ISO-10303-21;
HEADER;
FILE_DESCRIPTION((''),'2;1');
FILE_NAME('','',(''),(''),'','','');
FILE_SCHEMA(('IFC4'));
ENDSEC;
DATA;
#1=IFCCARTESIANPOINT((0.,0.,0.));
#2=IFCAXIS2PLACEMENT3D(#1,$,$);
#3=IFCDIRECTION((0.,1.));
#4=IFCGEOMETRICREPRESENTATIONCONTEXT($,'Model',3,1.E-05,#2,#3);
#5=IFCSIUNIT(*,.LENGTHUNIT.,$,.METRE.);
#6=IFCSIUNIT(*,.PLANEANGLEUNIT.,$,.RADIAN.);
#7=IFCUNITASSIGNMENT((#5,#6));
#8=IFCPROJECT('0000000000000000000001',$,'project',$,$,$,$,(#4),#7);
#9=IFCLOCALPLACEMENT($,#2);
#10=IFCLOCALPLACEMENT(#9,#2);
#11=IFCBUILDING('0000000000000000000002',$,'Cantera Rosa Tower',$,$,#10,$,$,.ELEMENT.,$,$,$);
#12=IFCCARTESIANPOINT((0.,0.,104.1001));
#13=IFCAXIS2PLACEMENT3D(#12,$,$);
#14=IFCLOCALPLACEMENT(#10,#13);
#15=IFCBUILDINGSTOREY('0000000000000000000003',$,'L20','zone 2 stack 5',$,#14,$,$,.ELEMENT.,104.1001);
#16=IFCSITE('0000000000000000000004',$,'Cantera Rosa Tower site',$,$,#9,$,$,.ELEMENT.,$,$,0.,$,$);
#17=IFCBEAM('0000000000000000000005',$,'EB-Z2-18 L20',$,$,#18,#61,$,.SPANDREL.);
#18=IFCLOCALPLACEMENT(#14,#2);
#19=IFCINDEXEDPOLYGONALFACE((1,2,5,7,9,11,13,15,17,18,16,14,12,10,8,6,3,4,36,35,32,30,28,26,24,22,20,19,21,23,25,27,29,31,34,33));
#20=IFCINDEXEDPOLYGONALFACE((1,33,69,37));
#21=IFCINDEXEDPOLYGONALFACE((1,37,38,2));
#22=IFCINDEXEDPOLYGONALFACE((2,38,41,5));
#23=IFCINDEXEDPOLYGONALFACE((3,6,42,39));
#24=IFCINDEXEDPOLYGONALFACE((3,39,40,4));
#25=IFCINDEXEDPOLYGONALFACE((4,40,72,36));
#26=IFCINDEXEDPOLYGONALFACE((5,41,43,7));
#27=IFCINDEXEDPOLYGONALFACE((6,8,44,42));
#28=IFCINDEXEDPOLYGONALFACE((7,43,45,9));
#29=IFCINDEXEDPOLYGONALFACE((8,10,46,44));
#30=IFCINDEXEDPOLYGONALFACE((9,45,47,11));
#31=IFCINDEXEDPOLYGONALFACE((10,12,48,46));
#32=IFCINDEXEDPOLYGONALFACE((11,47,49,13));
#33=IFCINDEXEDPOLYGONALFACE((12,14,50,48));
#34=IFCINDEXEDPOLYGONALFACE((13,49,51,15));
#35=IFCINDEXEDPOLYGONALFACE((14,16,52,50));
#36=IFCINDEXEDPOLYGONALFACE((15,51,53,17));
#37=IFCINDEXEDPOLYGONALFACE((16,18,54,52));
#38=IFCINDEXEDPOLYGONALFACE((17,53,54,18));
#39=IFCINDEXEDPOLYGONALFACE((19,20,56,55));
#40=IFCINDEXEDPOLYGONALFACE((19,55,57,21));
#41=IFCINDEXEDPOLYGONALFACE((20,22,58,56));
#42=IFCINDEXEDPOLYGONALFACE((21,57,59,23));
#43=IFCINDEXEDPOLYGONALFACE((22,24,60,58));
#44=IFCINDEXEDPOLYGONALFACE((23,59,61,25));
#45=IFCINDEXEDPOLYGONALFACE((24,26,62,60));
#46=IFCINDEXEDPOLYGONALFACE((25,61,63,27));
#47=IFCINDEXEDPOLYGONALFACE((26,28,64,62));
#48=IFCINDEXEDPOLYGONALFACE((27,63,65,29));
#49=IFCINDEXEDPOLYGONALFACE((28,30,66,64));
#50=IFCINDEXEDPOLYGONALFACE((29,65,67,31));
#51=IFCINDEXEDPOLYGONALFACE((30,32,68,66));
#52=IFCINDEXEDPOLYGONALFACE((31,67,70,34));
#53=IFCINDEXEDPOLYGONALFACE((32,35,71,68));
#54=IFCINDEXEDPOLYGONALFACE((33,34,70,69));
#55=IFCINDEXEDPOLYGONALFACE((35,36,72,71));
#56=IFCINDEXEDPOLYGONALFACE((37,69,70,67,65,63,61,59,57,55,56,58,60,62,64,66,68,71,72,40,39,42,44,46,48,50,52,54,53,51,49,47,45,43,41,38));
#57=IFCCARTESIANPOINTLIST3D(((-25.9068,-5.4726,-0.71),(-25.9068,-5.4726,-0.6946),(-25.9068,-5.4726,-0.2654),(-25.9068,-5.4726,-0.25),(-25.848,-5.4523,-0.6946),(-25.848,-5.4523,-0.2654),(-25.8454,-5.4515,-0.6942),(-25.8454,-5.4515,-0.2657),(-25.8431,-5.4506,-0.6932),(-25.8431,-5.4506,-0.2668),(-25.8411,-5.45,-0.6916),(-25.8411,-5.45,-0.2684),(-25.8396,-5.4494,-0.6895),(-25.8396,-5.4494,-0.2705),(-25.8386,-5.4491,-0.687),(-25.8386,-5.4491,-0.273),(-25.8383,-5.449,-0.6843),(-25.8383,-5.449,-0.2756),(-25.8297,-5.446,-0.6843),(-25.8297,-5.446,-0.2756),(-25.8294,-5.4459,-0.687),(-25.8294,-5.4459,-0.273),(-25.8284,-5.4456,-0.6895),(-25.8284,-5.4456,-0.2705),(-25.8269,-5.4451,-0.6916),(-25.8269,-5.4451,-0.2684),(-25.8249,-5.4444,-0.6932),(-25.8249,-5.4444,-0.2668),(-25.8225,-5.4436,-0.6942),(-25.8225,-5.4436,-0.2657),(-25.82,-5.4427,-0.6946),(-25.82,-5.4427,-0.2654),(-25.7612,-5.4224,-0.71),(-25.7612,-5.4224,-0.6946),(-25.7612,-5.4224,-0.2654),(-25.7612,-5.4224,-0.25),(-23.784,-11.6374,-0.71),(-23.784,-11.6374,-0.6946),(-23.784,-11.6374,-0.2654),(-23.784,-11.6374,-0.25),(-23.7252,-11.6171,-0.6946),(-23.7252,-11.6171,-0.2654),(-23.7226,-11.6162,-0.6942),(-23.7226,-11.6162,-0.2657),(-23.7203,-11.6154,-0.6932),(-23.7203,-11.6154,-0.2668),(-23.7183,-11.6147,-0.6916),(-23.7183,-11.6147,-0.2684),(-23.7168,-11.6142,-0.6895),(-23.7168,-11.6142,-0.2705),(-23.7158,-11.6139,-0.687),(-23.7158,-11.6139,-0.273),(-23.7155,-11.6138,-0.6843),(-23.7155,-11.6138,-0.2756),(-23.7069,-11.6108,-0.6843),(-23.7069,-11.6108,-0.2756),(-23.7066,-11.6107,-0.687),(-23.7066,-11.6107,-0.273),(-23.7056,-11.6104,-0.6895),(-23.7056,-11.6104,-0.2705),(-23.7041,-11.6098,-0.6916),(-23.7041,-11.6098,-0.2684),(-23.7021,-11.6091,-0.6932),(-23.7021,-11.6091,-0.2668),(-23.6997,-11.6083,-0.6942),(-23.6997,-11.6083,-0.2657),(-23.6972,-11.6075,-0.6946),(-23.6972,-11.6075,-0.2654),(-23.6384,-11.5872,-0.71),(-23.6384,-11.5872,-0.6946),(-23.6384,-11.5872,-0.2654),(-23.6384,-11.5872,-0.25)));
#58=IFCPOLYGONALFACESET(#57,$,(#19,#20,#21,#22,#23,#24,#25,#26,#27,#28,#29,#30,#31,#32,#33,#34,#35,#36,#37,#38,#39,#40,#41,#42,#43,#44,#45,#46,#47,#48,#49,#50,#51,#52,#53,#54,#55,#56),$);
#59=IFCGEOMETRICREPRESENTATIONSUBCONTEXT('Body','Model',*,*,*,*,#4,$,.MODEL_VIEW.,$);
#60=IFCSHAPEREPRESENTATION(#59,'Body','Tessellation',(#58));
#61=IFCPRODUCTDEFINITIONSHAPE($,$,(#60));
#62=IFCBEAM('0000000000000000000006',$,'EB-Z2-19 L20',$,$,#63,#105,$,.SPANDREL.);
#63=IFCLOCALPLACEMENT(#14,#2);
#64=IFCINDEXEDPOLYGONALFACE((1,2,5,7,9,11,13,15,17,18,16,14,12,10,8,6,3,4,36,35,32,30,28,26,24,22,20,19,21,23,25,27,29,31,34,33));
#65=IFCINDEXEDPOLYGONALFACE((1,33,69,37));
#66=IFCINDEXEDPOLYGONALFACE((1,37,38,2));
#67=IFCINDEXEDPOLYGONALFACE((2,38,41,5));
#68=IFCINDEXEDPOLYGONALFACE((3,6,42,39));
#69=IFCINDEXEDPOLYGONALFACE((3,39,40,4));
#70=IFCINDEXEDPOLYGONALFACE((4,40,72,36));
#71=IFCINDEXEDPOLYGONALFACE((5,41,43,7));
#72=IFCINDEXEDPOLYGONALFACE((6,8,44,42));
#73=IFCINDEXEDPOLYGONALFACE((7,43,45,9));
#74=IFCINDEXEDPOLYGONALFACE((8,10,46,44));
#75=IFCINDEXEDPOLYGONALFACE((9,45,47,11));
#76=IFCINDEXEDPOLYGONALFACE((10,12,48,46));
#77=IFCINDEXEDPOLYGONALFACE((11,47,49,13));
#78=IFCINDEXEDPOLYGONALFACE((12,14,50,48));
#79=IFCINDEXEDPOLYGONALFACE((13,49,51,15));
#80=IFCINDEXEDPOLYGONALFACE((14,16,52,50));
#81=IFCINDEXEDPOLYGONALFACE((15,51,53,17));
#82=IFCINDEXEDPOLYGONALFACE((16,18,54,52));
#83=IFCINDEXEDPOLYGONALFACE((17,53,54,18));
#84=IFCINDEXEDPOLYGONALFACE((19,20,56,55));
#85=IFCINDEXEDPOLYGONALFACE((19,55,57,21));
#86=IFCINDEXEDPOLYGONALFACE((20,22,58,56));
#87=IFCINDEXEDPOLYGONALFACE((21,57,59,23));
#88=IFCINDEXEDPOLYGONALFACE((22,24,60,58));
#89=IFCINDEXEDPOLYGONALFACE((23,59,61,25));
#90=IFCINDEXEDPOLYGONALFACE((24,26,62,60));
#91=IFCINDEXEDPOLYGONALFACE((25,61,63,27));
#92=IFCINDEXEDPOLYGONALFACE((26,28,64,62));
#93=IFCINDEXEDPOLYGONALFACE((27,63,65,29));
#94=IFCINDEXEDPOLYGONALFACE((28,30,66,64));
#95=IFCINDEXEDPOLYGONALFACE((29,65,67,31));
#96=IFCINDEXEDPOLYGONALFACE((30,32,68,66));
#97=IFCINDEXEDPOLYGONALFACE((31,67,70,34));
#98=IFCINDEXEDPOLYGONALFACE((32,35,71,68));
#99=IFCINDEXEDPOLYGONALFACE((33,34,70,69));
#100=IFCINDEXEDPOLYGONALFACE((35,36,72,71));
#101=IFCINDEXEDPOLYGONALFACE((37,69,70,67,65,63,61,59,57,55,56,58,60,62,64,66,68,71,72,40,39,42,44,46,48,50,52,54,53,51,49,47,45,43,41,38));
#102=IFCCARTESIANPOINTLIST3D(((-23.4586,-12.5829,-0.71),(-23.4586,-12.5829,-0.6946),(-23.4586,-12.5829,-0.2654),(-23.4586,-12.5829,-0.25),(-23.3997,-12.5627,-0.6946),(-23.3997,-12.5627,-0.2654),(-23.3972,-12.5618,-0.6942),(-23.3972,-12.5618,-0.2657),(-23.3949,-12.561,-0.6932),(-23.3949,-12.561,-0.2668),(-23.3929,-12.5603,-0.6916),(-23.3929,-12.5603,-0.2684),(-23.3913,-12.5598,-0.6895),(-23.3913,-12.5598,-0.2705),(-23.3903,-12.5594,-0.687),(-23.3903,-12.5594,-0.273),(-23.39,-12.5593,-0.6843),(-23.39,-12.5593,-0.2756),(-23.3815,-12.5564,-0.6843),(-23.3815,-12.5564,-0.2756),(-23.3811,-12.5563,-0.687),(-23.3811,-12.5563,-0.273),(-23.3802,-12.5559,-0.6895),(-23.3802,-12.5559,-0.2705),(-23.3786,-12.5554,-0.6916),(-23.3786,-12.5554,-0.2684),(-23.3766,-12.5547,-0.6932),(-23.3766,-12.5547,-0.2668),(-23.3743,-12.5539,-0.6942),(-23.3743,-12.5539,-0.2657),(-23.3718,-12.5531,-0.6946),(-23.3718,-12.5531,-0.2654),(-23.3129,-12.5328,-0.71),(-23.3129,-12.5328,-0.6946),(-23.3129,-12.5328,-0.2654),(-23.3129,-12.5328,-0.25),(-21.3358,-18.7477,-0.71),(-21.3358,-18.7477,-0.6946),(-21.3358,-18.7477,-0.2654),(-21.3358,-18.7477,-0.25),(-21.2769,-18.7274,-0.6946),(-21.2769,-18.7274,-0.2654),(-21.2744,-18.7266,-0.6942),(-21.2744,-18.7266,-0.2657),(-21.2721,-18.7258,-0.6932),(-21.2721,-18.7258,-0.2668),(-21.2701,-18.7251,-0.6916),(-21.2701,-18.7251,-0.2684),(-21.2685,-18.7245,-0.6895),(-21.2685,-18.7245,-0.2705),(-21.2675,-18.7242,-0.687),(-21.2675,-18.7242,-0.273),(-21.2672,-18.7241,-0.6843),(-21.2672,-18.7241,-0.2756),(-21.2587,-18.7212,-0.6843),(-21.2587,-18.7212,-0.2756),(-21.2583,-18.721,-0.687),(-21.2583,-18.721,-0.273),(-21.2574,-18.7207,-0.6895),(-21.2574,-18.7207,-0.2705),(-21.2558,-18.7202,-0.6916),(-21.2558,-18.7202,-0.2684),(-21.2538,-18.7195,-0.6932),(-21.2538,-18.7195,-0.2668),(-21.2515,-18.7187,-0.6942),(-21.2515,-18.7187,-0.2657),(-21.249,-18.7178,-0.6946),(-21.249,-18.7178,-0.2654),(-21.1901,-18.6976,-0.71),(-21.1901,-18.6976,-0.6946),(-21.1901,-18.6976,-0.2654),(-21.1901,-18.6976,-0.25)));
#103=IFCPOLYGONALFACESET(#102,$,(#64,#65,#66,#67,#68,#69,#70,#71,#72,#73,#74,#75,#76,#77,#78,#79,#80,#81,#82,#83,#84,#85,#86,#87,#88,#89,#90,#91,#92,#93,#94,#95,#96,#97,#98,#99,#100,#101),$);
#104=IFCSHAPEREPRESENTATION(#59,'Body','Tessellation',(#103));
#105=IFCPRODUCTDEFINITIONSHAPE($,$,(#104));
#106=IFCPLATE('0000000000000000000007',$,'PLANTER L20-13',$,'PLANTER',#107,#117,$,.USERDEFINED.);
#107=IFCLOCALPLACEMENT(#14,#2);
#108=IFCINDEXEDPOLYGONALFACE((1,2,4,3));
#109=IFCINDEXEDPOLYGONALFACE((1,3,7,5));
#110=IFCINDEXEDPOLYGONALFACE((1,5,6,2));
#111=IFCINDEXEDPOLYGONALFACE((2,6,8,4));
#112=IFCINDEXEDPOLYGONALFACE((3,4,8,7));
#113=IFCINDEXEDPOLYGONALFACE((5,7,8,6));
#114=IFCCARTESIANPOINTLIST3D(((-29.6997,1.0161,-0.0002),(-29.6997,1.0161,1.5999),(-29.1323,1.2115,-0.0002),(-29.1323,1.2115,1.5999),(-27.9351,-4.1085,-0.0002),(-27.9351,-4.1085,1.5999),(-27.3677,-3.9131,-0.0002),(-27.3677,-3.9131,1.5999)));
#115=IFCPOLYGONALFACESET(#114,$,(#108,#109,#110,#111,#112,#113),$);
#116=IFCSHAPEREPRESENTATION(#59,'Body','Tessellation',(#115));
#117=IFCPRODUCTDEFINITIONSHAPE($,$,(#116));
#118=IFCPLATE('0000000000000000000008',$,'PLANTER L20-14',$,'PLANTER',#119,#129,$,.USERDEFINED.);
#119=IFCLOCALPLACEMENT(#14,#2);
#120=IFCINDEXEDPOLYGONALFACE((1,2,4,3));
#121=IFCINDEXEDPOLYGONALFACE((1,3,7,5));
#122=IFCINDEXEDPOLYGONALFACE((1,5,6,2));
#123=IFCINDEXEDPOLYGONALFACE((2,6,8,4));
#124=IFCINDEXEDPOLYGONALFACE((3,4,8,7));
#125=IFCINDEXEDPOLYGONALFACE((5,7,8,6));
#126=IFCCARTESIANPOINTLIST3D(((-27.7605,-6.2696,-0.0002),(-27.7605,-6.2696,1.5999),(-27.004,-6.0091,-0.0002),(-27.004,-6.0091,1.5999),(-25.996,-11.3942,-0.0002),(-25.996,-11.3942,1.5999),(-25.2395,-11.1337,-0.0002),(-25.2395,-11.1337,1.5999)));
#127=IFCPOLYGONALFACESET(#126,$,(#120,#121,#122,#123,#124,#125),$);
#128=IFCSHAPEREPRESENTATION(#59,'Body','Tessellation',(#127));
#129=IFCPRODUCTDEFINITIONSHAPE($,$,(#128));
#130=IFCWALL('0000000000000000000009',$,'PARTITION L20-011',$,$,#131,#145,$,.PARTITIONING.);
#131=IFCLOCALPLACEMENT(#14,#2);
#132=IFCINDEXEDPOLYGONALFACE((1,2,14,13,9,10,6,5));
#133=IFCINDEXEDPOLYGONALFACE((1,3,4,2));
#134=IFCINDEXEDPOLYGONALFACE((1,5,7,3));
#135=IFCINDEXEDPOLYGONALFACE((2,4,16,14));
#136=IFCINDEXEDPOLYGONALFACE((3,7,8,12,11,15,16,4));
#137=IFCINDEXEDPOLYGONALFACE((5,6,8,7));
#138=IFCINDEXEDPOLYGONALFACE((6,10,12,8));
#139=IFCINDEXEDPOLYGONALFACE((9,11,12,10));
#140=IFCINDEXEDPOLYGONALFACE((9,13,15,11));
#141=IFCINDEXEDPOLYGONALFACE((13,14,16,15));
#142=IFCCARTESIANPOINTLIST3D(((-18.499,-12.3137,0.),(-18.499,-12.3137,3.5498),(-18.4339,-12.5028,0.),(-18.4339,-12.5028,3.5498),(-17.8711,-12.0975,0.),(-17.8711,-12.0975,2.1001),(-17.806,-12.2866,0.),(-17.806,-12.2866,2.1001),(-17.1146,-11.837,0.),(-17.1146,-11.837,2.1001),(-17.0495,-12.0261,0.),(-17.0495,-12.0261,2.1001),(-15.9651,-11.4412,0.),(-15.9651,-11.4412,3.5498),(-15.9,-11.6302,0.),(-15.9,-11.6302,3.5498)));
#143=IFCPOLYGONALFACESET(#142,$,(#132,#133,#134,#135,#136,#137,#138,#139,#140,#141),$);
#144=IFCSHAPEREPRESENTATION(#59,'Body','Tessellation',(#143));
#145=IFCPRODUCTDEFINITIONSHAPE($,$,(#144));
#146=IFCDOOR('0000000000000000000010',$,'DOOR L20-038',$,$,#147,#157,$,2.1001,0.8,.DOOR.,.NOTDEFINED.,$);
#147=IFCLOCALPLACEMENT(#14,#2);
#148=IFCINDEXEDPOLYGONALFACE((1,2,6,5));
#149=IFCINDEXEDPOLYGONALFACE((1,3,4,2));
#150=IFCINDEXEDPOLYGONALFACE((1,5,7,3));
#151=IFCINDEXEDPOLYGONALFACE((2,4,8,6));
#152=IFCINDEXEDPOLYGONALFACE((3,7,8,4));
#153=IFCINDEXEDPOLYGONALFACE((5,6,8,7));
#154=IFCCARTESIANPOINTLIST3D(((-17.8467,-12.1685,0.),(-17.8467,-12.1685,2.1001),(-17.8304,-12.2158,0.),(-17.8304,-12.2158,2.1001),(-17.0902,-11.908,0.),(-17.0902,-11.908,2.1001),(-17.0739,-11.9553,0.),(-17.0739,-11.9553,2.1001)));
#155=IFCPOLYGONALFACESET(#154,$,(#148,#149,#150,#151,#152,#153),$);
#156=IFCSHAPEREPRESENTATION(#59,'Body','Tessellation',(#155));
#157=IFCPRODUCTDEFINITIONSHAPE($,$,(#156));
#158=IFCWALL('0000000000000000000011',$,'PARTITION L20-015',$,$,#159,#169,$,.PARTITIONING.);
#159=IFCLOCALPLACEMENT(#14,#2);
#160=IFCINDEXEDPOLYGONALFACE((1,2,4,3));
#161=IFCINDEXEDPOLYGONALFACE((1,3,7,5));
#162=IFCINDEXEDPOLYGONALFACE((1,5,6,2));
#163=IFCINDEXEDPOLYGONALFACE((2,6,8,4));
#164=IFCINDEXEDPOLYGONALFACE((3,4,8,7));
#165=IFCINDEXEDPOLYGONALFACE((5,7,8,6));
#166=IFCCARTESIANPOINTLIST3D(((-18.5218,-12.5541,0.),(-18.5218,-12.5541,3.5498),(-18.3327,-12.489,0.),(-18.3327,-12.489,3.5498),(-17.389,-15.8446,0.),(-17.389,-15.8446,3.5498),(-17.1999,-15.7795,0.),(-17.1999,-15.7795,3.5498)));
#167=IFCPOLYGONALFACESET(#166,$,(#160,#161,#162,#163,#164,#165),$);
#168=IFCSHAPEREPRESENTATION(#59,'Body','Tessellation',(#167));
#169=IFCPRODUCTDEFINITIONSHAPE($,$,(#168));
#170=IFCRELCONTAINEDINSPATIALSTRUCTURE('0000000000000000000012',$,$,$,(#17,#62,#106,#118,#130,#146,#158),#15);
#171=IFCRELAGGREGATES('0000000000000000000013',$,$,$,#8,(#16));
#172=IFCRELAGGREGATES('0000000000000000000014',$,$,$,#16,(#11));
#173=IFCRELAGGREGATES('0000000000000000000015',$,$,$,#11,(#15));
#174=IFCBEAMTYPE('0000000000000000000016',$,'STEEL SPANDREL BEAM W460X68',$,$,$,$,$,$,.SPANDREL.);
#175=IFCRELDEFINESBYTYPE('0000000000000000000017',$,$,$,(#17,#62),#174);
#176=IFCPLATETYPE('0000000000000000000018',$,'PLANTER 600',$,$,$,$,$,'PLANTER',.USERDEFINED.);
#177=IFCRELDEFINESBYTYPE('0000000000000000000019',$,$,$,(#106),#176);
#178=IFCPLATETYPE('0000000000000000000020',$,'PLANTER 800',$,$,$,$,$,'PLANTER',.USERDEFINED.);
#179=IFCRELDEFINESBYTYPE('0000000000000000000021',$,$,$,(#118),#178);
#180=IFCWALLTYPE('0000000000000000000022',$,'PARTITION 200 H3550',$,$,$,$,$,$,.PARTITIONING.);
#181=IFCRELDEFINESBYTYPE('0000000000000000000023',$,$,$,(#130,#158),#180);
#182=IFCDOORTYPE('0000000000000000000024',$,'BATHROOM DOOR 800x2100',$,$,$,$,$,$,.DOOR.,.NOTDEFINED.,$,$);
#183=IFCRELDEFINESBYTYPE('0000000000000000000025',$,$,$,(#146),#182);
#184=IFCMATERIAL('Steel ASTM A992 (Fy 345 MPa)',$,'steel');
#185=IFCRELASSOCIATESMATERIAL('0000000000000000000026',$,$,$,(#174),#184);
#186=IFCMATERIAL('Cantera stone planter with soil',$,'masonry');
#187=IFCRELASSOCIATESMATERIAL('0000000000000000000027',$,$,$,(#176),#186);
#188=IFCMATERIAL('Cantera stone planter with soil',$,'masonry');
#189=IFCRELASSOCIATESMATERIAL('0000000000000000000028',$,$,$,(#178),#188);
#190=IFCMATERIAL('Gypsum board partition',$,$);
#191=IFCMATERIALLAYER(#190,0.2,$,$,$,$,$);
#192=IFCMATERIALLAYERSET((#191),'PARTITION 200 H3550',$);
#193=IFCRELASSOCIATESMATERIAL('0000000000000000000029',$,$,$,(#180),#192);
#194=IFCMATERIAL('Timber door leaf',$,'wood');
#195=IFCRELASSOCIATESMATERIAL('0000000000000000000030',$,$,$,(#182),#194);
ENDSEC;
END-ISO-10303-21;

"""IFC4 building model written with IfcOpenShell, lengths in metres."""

from ifc_helpers import new_model, si_unit, direction, frame, frame_2d, origin, origin_2d, place, context, subcontext, project, spatial, rectangle, i_section, extrude, material, layer, layer_set, material_profile, profile_set, type_object, element, fill, save


model = new_model("IFC4")

# Units and contexts
model_context = context("Model", 3, precision=1e-05, world=origin(), true_north=direction((0.0, 1.0)))
body_context = subcontext(model_context, "Body", "Model", "MODEL_VIEW")
ifc_project = project(units=[si_unit("LENGTHUNIT", "METRE"), si_unit("PLANEANGLEUNIT", "RADIAN")], contexts=[model_context])

# Site, building, storey
site_placement = place(None, origin())
site = spatial("IfcSite", under=ifc_project, at=site_placement, Name="Cantera Rosa Tower site", CompositionType="ELEMENT", RefElevation=0.0)
building_placement = place(site_placement, origin())
building = spatial("IfcBuilding", under=site, at=building_placement, Name="Cantera Rosa Tower", CompositionType="ELEMENT")
storey_placement = place(building_placement, frame((0.0, 0.0, 104.1001)))
storey = spatial("IfcBuildingStorey", under=building, at=storey_placement, Name="L20", Description="zone 2 stack 5", CompositionType="ELEMENT", Elevation=104.1001)

# Beams
ifc_material_1 = material(Name="Steel ASTM A992 (Fy 345 MPa)", Category="steel")
ifc_material_profile_1 = material_profile(ifc_material_1, i_section(OverallWidth=0.1541, OverallDepth=0.46, WebThickness=0.009, FlangeThickness=0.0154, FilletRadius=0.0103, at=origin_2d()), Name="W460X68")
ifc_profile_set_1 = profile_set([ifc_material_profile_1], Name="Steel ASTM A992 (Fy 345 MPa)")
beam_type_1 = type_object("IfcBeamType", Name="STEEL SPANDREL BEAM W460X68", PredefinedType="SPANDREL", material=ifc_profile_set_1)
for number, where, z_axis, x_axis, name in (
    (1, (-25.834, -5.4475, -0.48), (0.325581, -0.945514, 0.0), (0.945514, 0.325581, 0.0), "EB-Z2-18 L20"),
    (2, (-23.3857, -12.5579, -0.48), (0.325581, -0.945514, 0.0), (0.945514, 0.325581, 0.0), "EB-Z2-19 L20"),
):
    element("IfcBeam", number, at=place(storey_placement, frame(where, z_axis=z_axis, x_axis=x_axis)), inside=storey, type_object=beam_type_1, Name=name, PredefinedType="SPANDREL", context=body_context, shape_type="SweptSolid", body=[
        extrude(i_section(OverallWidth=0.1541, OverallDepth=0.46, WebThickness=0.009, FlangeThickness=0.0154, FilletRadius=0.0103, at=origin_2d()), origin(), (0.0, 0.0, 1.0), 6.52),
    ])

# Plates
ifc_material_2 = material(Name="Cantera stone planter with soil", Category="masonry")
plate_type_1 = type_object("IfcPlateType", Name="PLANTER 600", ElementType="PLANTER", PredefinedType="USERDEFINED", material=ifc_material_2)
plate_1_placement = place(storey_placement, frame((-28.5337, -1.4485, -0.0002), z_axis=(0.0, 0.0, 1.0), x_axis=(0.325568, -0.945519, 0.0)))
element("IfcPlate", 3, at=plate_1_placement, inside=storey, type_object=plate_type_1, Name="PLANTER L20-13", ObjectType="PLANTER", PredefinedType="USERDEFINED", context=body_context, shape_type="SweptSolid", body=[
    extrude(rectangle(XDim=5.4199, YDim=0.6001, at=origin_2d()), origin(), (0.0, 0.0, 1.0), 1.6001),
])
ifc_material_3 = material(Name="Cantera stone planter with soil", Category="masonry")
plate_type_2 = type_object("IfcPlateType", Name="PLANTER 800", ElementType="PLANTER", PredefinedType="USERDEFINED", material=ifc_material_3)
plate_2_placement = place(storey_placement, frame((-26.5, -8.7017, -0.0002), z_axis=(0.0, 0.0, 1.0), x_axis=(0.325568, -0.945519, 0.0)))
element("IfcPlate", 4, at=plate_2_placement, inside=storey, type_object=plate_type_2, Name="PLANTER L20-14", ObjectType="PLANTER", PredefinedType="USERDEFINED", context=body_context, shape_type="SweptSolid", body=[
    extrude(rectangle(XDim=5.4199, YDim=0.8, at=origin_2d()), origin(), (0.0, 0.0, 1.0), 1.6001),
])

# Wall, opening, door
ifc_material_4 = material(Name="Gypsum board partition")
ifc_layer_1 = layer(ifc_material_4, 0.2)
ifc_layer_set_1 = layer_set([ifc_layer_1], Name="PARTITION 200 H3550")
wall_type_1 = type_object("IfcWallType", Name="PARTITION 200 H3550", PredefinedType="PARTITIONING", material=ifc_layer_set_1)
wall_1_placement = place(storey_placement, frame((-18.4663, -12.4082, 0.0), z_axis=(0.0, 0.0, 1.0), x_axis=(0.945512, 0.325586, 0.0)))
wall_1 = element("IfcWall", 5, at=wall_1_placement, inside=storey, type_object=wall_type_1, Name="PARTITION L20-011", PredefinedType="PARTITIONING", context=body_context, shape_type="SweptSolid", body=[
    extrude(rectangle(XDim=2.6799, YDim=0.2, at=frame_2d((1.3398, 0.0))), origin(), (0.0, 0.0, 1.0), 3.5498),
])
opening_1_placement = place(wall_1_placement, frame((0.6641, 0.0, 0.0)))
opening_1 = element("IfcOpeningElement", 6, at=opening_1_placement, cuts=wall_1, PredefinedType="OPENING", context=body_context, shape_type="SweptSolid", body=[
    extrude(rectangle(XDim=0.8, YDim=2.1001, at=frame_2d((0.3999, 1.05))), frame((0.0, 0.1099, 0.0), z_axis=(0.0, -1.0, 0.0), x_axis=(1.0, 0.0, 0.0)), (0.0, 0.0, 1.0), 0.22),
])
ifc_material_5 = material(Name="Timber door leaf", Category="wood")
door_type_1 = type_object("IfcDoorType", Name="BATHROOM DOOR 800x2100", OperationType="NOTDEFINED", PredefinedType="DOOR", material=ifc_material_5)
door_1_placement = place(opening_1_placement, origin())
door_1 = element("IfcDoor", 7, at=door_1_placement, inside=storey, type_object=door_type_1, Name="DOOR L20-038", OperationType="NOTDEFINED", OverallHeight=2.1001, OverallWidth=0.8, PredefinedType="DOOR", context=body_context, shape_type="SweptSolid", body=[
    extrude(rectangle(XDim=0.8, YDim=2.1001, at=frame_2d((0.3999, 1.05))), frame((0.0, 0.0249, 0.0), z_axis=(0.0, -1.0, 0.0), x_axis=(1.0, 0.0, 0.0)), (0.0, 0.0, 1.0), 0.05),
])
fill(opening_1, door_1)

# Wall
wall_2_placement = place(storey_placement, frame((-17.2944, -15.812, 0.0), z_axis=(0.0, 0.0, 1.0), x_axis=(-0.325515, 0.945537, 0.0)))
element("IfcWall", 8, at=wall_2_placement, inside=storey, type_object=wall_type_1, Name="PARTITION L20-015", PredefinedType="PARTITIONING", context=body_context, shape_type="SweptSolid", body=[
    extrude(rectangle(XDim=3.48, YDim=0.2, at=frame_2d((1.74, 0.0))), origin(), (0.0, 0.0, 1.0), 3.5498),
])

save(model, "model.ifc")
